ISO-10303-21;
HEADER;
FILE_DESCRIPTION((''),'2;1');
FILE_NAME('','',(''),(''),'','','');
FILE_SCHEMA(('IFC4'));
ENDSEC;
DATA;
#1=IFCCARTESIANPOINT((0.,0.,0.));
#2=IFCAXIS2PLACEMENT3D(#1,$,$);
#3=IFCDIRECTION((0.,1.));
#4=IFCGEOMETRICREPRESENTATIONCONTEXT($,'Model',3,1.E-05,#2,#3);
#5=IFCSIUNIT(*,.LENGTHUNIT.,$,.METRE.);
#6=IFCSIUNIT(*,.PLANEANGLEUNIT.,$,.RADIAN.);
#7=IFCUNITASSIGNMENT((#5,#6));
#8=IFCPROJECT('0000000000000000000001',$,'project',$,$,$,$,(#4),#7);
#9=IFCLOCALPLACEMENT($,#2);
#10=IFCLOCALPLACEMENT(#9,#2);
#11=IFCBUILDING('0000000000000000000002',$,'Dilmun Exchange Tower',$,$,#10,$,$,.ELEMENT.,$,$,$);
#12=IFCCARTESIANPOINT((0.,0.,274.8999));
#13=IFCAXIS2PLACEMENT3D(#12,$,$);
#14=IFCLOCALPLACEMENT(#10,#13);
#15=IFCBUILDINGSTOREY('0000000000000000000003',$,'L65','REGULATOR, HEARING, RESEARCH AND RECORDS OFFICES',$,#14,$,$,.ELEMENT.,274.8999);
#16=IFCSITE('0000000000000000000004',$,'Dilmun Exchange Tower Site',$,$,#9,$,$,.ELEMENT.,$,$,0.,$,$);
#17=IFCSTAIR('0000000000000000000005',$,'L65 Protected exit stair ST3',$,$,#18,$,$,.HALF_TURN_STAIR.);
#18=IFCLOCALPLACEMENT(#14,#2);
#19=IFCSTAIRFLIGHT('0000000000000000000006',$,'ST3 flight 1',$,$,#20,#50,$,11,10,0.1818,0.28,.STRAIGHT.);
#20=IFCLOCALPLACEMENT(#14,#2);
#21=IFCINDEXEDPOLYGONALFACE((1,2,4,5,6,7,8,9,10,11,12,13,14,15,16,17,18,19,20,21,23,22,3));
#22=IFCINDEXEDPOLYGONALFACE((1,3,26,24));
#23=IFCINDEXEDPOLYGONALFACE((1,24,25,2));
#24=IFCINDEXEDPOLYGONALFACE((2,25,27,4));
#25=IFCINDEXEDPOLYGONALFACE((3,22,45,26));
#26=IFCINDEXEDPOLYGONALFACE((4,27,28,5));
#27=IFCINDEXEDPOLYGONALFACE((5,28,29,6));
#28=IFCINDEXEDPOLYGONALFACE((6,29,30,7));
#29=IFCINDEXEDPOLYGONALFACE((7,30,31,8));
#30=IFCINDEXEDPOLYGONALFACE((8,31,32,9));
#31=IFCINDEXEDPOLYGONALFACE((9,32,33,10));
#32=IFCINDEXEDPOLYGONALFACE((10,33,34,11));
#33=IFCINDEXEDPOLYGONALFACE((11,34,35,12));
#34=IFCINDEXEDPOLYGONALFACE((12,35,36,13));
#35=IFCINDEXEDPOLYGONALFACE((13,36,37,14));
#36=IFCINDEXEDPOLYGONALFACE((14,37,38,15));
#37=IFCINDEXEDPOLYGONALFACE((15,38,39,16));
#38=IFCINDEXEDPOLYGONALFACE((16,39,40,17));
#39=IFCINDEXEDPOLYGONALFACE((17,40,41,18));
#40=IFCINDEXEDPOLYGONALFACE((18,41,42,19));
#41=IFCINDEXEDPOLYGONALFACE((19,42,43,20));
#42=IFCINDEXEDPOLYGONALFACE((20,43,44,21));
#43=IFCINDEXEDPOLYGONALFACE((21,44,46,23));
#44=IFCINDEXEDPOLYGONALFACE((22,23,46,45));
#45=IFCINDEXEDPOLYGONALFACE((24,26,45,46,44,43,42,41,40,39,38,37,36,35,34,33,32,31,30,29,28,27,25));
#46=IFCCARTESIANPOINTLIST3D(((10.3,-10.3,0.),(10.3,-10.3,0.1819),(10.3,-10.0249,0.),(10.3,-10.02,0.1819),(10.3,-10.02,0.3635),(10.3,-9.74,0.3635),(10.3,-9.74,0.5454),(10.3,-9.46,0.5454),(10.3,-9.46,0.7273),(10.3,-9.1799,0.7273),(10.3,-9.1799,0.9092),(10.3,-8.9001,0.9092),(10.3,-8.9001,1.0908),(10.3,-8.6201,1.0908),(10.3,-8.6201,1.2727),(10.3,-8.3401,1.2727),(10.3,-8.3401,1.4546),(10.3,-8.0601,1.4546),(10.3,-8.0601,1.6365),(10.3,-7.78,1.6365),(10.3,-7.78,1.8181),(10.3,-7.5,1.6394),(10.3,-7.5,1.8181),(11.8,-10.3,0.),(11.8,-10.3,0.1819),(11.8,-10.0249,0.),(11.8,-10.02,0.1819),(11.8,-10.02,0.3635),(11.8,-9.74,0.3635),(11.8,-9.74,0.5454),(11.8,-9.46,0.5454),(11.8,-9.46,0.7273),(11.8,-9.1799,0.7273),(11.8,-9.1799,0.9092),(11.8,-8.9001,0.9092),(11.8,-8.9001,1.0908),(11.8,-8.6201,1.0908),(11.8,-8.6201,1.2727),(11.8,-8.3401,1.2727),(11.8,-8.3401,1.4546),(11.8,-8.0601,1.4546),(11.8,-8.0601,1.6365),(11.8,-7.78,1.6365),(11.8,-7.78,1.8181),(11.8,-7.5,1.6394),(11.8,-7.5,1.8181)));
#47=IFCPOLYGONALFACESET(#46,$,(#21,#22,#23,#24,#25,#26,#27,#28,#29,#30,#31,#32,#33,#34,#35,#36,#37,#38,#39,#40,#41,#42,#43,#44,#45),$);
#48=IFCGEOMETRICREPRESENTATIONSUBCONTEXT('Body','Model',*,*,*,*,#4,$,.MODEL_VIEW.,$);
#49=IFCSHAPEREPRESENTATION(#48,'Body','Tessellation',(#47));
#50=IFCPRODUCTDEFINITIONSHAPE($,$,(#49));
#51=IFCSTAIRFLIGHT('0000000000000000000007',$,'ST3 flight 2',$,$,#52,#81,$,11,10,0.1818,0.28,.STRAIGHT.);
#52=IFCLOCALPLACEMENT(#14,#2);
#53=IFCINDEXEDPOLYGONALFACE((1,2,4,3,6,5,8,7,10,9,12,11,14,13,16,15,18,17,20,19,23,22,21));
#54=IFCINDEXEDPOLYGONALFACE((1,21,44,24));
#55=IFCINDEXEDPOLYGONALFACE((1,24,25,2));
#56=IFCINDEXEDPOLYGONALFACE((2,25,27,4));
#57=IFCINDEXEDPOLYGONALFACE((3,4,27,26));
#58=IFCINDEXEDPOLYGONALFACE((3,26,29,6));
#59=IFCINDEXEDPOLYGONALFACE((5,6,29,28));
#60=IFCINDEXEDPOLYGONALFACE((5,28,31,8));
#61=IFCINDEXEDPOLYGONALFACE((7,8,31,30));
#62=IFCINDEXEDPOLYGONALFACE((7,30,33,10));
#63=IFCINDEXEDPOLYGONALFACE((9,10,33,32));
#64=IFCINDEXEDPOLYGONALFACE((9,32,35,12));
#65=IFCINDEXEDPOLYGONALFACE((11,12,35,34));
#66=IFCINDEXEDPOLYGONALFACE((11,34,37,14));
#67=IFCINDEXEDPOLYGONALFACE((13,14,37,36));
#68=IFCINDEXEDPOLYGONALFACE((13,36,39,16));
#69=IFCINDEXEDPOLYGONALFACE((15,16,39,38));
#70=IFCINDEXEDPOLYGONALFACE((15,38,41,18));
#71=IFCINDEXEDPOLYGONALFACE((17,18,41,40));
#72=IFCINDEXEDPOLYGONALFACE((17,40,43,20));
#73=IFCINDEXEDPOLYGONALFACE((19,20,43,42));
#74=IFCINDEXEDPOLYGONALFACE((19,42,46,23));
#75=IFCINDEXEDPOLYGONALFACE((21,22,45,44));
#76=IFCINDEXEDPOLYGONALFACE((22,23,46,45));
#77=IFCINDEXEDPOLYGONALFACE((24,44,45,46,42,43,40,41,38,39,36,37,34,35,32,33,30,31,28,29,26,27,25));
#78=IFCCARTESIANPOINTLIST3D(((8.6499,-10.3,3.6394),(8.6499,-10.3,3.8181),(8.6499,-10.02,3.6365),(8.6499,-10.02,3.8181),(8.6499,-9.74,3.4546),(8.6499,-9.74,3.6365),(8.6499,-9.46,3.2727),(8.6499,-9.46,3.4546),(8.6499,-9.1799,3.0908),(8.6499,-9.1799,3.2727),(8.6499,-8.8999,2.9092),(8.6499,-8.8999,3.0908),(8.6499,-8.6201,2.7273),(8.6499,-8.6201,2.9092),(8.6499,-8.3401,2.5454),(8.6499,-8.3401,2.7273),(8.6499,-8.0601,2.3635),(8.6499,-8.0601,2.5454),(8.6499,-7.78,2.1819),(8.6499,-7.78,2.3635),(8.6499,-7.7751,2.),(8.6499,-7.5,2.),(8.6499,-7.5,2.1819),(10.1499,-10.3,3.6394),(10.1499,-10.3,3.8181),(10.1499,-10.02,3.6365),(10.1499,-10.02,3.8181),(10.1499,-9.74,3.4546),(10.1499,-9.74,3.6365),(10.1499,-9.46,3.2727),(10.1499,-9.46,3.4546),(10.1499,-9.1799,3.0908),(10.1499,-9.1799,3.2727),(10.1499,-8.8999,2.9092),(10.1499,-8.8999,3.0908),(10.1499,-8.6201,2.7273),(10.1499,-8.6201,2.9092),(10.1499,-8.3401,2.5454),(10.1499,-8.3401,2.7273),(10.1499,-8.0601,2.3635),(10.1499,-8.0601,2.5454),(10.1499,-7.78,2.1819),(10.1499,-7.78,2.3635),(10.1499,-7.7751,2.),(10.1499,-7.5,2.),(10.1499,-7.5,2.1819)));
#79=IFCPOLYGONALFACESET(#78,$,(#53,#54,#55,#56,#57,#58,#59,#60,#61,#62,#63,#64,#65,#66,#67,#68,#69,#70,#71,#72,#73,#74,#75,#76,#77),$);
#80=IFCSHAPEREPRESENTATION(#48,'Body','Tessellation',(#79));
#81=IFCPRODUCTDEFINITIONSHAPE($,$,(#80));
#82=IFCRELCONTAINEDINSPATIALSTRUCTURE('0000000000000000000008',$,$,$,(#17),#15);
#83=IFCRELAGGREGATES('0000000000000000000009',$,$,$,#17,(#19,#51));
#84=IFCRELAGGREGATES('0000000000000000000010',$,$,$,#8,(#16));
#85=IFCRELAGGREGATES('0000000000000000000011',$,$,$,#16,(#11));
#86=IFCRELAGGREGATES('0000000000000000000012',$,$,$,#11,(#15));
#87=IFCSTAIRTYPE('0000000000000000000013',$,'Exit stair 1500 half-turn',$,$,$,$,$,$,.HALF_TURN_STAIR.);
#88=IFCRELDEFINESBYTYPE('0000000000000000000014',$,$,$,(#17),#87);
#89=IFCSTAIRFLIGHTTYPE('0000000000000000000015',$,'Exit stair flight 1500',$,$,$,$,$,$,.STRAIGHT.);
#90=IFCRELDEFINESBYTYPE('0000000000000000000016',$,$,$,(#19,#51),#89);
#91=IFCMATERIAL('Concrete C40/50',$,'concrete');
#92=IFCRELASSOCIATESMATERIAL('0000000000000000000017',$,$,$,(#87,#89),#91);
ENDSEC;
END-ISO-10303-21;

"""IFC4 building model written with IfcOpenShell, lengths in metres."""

from ifc_helpers import new_model, si_unit, direction, frame, origin, place, context, subcontext, project, spatial, polyline, outline, extrude, material, type_object, element, aggregate, save


model = new_model("IFC4")

# Units and contexts
model_context = context("Model", 3, precision=1e-05, world=origin(), true_north=direction((0.0, 1.0)))
body_context = subcontext(model_context, "Body", "Model", "MODEL_VIEW")
ifc_project = project(units=[si_unit("LENGTHUNIT", "METRE"), si_unit("PLANEANGLEUNIT", "RADIAN")], contexts=[model_context])

# Site, building, storey
site_placement = place(None, origin())
site = spatial("IfcSite", under=ifc_project, at=site_placement, Name="Dilmun Exchange Tower Site", CompositionType="ELEMENT", RefElevation=0.0)
building_placement = place(site_placement, origin())
building = spatial("IfcBuilding", under=site, at=building_placement, Name="Dilmun Exchange Tower", CompositionType="ELEMENT")
storey_placement = place(building_placement, frame((0.0, 0.0, 274.8999)))
storey = spatial("IfcBuildingStorey", under=building, at=storey_placement, Name="L65", Description="REGULATOR, HEARING, RESEARCH AND RECORDS OFFICES", CompositionType="ELEMENT", Elevation=274.8999)

# Shared definitions
ifc_material_1 = material(Name="Concrete C40/50", Category="concrete")

# Stair, stair flights
stair_type = type_object("IfcStairType", Name="Exit stair 1500 half-turn", PredefinedType="HALF_TURN_STAIR", material=ifc_material_1)
stair_placement = place(storey_placement, origin())
stair = element("IfcStair", 1, at=stair_placement, inside=storey, type_object=stair_type, Name="L65 Protected exit stair ST3", PredefinedType="HALF_TURN_STAIR")
stair_flight_type = type_object("IfcStairFlightType", Name="Exit stair flight 1500", PredefinedType="STRAIGHT", material=ifc_material_1)
stair_flight_1_placement = place(storey_placement, frame((11.05, -10.3, 0.0), z_axis=(0.0, 0.0, 1.0), x_axis=(0.0, 1.0, 0.0)))
stair_flight_1 = element("IfcStairFlight", 2, at=stair_flight_1_placement, type_object=stair_flight_type, Name="ST3 flight 1", NumberOfRisers=11, NumberOfTreads=10, PredefinedType="STRAIGHT", RiserHeight=0.1818, TreadLength=0.28, context=body_context, shape_type="SweptSolid", body=[
    extrude(outline(polyline([(0.0, 0.0), (0.0, 0.1819), (0.28, 0.1819), (0.28, 0.3635), (0.5601, 0.3635), (0.5601, 0.5454), (0.8401, 0.5454), (0.8401, 0.7273), (1.1201, 0.7273), (1.1201, 0.9092), (1.3999, 0.9092), (1.3999, 1.0908), (1.6799, 1.0908), (1.6799, 1.2727), (1.96, 1.2727), (1.96, 1.4546), (2.24, 1.4546), (2.24, 1.6365), (2.52, 1.6365), (2.52, 1.8181), (2.8, 1.8181), (2.8, 2.0), (2.8, 1.6394), (0.2751, 0.0), (0.0, 0.0)])), frame((0.0, 0.75, 0.0), z_axis=(0.0, -1.0, 0.0), x_axis=(1.0, 0.0, 0.0)), (0.0, 0.0, 1.0), 1.5),
])
stair_flight_2_placement = place(storey_placement, frame((9.3999, -7.5, 2.0), z_axis=(0.0, 0.0, 1.0), x_axis=(0.0, -1.0, 0.0)))
stair_flight_2 = element("IfcStairFlight", 3, at=stair_flight_2_placement, type_object=stair_flight_type, Name="ST3 flight 2", NumberOfRisers=11, NumberOfTreads=10, PredefinedType="STRAIGHT", RiserHeight=0.1818, TreadLength=0.28, context=body_context, shape_type="SweptSolid", body=[
    extrude(outline(polyline([(0.0, 0.0), (0.0, 0.1819), (0.28, 0.1819), (0.28, 0.3635), (0.5601, 0.3635), (0.5601, 0.5454), (0.8401, 0.5454), (0.8401, 0.7273), (1.1201, 0.7273), (1.1201, 0.9092), (1.3999, 0.9092), (1.3999, 1.0908), (1.6799, 1.0908), (1.6799, 1.2727), (1.96, 1.2727), (1.96, 1.4546), (2.24, 1.4546), (2.24, 1.6365), (2.52, 1.6365), (2.52, 1.8181), (2.8, 1.8181), (2.8, 2.0), (2.8, 1.6394), (0.2751, 0.0), (0.0, 0.0)])), frame((0.0, 0.75, 0.0), z_axis=(0.0, -1.0, 0.0), x_axis=(1.0, 0.0, 0.0)), (0.0, 0.0, 1.0), 1.5),
])
aggregate(stair, [stair_flight_1, stair_flight_2])

save(model, "model.ifc")
